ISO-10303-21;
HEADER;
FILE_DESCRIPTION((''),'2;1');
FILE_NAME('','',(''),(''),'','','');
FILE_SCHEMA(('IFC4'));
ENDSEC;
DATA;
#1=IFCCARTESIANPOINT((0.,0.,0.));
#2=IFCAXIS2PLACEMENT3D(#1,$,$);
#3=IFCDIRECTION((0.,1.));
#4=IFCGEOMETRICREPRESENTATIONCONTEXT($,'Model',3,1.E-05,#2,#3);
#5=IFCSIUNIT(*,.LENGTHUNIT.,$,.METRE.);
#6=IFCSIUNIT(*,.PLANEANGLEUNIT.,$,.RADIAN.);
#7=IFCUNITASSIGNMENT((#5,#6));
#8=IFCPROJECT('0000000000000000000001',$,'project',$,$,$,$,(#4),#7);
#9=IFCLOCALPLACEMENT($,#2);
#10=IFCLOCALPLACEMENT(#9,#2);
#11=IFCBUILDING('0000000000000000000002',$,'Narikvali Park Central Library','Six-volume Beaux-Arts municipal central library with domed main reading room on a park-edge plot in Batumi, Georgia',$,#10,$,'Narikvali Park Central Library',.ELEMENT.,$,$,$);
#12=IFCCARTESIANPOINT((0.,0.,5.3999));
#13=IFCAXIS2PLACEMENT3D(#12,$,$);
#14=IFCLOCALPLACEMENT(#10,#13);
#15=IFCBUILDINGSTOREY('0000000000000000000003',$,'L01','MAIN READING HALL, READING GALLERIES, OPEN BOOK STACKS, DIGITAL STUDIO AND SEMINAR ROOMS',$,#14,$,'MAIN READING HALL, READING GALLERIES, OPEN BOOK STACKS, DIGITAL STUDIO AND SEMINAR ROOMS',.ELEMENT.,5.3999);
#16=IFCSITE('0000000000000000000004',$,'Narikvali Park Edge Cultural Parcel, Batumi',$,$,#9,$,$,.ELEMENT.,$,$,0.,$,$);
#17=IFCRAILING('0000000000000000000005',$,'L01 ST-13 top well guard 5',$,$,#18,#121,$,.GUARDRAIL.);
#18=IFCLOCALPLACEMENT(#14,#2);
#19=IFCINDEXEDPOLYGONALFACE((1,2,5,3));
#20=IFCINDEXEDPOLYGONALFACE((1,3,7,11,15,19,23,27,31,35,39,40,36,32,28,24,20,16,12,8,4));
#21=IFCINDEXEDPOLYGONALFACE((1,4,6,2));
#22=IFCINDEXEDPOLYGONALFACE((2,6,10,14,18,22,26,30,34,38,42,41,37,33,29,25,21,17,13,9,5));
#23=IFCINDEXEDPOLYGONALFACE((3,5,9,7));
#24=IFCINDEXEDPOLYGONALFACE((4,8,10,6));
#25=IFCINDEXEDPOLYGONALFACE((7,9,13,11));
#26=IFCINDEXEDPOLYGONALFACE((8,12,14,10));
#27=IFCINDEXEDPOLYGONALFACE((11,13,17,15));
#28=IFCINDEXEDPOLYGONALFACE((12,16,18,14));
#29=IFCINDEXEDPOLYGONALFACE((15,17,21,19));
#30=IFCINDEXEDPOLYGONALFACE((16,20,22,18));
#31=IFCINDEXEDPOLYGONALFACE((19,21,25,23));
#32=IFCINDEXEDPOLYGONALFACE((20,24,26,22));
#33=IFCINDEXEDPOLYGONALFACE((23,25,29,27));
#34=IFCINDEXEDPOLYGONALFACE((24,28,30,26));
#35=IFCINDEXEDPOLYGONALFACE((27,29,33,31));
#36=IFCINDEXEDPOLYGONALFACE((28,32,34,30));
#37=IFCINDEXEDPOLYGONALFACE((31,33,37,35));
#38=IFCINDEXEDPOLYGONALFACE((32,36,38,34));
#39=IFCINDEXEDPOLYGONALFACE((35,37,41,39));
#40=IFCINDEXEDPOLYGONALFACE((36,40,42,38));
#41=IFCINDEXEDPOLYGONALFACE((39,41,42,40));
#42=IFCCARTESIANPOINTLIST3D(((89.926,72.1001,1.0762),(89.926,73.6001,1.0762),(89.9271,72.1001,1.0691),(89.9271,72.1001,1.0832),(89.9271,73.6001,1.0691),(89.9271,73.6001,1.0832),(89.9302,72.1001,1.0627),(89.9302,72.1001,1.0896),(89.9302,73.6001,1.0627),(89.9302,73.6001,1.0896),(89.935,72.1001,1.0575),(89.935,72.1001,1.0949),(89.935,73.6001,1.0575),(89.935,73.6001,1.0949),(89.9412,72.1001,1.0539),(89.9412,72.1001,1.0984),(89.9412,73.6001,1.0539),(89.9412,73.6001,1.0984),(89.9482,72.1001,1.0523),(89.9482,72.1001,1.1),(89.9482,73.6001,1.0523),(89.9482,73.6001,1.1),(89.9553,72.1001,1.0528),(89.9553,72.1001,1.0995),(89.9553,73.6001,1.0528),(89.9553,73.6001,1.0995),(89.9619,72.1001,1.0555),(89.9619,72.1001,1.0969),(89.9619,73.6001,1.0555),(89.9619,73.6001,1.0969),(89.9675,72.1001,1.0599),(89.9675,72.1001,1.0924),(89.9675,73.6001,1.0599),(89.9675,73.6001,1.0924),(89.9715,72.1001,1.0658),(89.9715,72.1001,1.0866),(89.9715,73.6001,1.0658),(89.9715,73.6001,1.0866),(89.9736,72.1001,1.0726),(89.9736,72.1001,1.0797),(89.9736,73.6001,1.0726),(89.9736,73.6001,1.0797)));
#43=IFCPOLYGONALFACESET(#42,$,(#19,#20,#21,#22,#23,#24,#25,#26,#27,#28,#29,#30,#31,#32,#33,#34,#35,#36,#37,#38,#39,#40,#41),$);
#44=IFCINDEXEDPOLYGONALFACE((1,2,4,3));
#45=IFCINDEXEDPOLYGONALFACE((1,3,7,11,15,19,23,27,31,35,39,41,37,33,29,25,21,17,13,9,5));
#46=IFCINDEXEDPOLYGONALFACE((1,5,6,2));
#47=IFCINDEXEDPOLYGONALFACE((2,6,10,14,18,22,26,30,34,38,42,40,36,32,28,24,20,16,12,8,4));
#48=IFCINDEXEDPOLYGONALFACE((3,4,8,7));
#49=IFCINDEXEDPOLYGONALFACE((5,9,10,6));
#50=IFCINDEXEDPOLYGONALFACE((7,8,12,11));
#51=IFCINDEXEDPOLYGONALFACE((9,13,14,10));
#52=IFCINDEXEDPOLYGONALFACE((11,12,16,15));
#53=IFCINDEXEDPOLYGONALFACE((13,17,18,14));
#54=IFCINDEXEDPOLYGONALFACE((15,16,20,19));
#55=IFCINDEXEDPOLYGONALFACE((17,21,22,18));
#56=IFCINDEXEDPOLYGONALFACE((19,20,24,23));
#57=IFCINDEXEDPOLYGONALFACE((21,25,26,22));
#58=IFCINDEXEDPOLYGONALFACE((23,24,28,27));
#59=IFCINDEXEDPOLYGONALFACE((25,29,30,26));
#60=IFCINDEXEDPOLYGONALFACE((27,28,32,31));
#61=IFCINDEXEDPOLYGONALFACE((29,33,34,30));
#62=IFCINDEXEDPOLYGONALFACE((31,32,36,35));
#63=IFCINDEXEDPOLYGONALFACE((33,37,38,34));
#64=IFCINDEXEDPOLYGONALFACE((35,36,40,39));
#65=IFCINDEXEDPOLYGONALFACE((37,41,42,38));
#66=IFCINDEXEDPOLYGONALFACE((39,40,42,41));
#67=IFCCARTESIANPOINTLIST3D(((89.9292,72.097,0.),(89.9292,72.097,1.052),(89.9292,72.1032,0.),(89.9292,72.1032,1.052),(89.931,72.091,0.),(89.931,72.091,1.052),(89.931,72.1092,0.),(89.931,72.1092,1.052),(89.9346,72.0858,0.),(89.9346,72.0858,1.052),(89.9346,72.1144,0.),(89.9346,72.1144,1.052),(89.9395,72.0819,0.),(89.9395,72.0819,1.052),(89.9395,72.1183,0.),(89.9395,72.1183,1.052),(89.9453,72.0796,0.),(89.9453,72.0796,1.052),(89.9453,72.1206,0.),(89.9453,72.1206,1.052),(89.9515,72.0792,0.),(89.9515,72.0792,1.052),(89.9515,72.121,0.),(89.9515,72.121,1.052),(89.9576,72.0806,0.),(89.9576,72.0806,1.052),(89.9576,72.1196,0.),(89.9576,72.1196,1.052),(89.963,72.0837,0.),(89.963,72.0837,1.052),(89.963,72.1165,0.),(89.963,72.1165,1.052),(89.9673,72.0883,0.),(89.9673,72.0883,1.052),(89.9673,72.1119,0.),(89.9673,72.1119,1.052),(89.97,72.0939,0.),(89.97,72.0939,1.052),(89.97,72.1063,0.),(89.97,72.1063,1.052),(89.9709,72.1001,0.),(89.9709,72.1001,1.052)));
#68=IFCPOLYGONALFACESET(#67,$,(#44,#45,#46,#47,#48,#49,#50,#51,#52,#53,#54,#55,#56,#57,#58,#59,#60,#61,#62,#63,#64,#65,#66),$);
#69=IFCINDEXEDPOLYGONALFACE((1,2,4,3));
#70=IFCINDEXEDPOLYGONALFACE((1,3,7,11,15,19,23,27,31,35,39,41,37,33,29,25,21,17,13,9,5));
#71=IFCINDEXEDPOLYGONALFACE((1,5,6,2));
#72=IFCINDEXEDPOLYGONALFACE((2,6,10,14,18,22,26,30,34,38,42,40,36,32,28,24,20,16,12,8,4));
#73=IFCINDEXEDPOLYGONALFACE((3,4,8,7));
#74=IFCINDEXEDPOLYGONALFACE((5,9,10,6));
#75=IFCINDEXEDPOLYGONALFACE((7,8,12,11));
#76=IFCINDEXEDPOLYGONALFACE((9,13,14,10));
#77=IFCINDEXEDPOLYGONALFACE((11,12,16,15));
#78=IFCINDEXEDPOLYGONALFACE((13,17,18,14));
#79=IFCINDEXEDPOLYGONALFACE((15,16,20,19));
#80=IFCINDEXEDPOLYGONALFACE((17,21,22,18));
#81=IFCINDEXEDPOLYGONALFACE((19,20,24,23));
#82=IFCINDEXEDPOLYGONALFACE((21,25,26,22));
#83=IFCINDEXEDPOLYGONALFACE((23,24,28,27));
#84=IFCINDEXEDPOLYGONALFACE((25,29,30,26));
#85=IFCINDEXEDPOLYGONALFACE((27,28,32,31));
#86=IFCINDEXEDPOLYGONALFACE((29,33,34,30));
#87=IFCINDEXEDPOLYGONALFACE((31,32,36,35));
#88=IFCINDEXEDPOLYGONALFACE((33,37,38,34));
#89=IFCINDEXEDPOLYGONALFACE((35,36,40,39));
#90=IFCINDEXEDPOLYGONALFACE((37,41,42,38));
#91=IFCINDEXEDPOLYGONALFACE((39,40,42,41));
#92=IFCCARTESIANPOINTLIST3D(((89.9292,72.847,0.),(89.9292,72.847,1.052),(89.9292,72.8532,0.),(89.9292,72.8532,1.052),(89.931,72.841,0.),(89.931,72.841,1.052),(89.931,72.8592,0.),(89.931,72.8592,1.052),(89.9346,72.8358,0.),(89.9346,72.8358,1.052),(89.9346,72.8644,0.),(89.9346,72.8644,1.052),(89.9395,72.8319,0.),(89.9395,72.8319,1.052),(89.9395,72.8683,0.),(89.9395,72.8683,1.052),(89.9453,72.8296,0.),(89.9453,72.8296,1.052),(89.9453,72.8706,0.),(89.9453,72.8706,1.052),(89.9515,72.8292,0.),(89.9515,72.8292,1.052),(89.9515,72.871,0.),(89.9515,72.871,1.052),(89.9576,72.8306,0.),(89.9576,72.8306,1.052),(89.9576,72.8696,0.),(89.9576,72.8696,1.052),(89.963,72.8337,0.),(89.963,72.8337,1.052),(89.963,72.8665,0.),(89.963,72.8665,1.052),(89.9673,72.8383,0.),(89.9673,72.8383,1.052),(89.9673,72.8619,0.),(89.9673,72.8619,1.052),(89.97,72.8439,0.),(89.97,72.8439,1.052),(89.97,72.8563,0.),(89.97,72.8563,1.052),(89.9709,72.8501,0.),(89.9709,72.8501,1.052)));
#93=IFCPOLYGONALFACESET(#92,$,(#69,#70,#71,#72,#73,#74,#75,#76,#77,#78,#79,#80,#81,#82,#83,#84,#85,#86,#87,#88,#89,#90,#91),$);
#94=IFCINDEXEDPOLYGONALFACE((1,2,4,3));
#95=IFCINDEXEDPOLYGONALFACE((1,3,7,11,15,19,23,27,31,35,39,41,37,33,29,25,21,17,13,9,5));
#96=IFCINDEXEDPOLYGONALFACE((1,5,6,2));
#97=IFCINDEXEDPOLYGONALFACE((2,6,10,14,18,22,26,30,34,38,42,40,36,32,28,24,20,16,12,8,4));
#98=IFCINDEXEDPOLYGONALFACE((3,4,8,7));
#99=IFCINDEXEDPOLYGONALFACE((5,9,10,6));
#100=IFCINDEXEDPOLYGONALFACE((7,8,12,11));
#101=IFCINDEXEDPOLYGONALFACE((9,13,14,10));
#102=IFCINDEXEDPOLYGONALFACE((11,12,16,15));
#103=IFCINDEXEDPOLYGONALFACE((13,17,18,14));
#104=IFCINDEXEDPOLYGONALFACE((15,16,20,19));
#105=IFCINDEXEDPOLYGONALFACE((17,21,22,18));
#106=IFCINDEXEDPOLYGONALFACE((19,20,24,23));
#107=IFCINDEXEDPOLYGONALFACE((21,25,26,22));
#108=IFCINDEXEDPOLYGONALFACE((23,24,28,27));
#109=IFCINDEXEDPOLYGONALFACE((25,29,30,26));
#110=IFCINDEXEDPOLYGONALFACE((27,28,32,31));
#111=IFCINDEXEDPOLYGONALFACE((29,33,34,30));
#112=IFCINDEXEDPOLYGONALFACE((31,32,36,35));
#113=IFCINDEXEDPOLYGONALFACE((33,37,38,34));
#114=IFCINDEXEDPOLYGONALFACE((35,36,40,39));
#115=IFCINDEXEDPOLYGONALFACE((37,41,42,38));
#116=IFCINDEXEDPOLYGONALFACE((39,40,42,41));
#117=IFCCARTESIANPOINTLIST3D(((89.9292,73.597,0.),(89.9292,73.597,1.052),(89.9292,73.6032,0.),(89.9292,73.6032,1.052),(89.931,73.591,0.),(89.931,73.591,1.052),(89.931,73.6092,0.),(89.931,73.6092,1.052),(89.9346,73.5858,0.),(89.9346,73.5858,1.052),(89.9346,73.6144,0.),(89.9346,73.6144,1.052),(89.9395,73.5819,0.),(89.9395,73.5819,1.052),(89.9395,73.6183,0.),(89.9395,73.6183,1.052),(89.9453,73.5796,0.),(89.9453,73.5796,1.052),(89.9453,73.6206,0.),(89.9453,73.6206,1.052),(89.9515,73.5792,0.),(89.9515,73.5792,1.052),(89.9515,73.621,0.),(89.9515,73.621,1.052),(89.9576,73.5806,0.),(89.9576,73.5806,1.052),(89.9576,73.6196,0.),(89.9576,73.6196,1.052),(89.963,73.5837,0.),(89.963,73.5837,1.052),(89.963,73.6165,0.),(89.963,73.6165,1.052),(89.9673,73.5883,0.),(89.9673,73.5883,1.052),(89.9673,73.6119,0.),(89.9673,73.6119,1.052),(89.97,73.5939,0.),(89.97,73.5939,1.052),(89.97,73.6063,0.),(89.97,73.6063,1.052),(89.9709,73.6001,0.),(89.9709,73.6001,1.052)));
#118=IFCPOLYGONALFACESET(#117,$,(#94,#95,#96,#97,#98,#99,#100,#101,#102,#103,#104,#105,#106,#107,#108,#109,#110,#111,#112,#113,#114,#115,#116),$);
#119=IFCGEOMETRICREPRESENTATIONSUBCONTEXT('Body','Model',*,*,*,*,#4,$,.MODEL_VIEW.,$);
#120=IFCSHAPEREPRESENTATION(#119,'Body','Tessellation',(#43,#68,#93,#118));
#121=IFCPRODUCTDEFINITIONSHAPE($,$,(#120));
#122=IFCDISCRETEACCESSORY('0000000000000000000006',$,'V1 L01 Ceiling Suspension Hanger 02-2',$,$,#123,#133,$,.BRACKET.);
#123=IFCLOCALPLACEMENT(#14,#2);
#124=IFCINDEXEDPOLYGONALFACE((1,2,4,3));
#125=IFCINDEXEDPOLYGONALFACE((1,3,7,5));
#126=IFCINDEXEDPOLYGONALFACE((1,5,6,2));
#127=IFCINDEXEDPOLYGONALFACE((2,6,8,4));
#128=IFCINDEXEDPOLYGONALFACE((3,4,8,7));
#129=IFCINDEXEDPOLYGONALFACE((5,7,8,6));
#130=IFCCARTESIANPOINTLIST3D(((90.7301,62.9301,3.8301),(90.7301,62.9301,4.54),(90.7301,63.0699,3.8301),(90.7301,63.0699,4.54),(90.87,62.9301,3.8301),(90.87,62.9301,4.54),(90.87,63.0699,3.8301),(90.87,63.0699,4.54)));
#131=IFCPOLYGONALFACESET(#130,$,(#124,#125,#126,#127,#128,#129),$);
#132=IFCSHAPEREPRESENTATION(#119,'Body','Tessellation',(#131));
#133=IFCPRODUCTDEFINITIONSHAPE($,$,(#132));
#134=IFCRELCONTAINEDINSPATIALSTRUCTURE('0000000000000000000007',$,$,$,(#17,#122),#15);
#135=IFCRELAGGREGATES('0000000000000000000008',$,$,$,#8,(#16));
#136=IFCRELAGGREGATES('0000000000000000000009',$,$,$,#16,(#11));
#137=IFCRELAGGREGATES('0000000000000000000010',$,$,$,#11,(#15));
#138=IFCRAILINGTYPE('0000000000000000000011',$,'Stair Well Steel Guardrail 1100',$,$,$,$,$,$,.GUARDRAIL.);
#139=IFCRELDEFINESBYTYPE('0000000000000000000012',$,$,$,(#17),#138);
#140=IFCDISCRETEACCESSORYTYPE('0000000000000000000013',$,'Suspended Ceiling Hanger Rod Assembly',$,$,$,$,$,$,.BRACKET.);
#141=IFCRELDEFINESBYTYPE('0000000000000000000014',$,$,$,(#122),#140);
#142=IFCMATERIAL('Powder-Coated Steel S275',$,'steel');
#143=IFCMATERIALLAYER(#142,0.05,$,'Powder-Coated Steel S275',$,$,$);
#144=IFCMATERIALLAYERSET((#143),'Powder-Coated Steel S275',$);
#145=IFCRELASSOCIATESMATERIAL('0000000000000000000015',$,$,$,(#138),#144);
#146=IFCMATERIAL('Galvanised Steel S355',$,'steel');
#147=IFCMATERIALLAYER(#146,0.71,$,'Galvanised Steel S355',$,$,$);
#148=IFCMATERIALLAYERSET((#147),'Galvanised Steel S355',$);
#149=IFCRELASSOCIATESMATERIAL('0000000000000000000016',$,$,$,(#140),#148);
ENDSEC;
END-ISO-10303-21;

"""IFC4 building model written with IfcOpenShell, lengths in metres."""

from ifc_helpers import new_model, si_unit, direction, frame, origin, origin_2d, place, context, subcontext, project, spatial, rectangle, circle, extrude, material, layer, layer_set, type_object, element, save


model = new_model("IFC4")

# Units and contexts
model_context = context("Model", 3, precision=1e-05, world=origin(), true_north=direction((0.0, 1.0)))
body_context = subcontext(model_context, "Body", "Model", "MODEL_VIEW")
ifc_project = project(units=[si_unit("LENGTHUNIT", "METRE"), si_unit("PLANEANGLEUNIT", "RADIAN")], contexts=[model_context])

# Site, building, storey
site_placement = place(None, origin())
site = spatial("IfcSite", under=ifc_project, at=site_placement, Name="Narikvali Park Edge Cultural Parcel, Batumi", CompositionType="ELEMENT", RefElevation=0.0)
building_placement = place(site_placement, origin())
building = spatial("IfcBuilding", under=site, at=building_placement, Name="Narikvali Park Central Library", Description="Six-volume Beaux-Arts municipal central library with domed main reading room on a park-edge plot in Batumi, Georgia", LongName="Narikvali Park Central Library", CompositionType="ELEMENT")
storey_placement = place(building_placement, frame((0.0, 0.0, 5.3999)))
storey = spatial("IfcBuildingStorey", under=building, at=storey_placement, Name="L01", Description="MAIN READING HALL, READING GALLERIES, OPEN BOOK STACKS, DIGITAL STUDIO AND SEMINAR ROOMS", LongName="MAIN READING HALL, READING GALLERIES, OPEN BOOK STACKS, DIGITAL STUDIO AND SEMINAR ROOMS", CompositionType="ELEMENT", Elevation=5.3999)

# Railing
ifc_material_1 = material(Name="Powder-Coated Steel S275", Category="steel")
ifc_layer_1 = layer(ifc_material_1, 0.05, Name="Powder-Coated Steel S275")
ifc_layer_set_1 = layer_set([ifc_layer_1], Name="Powder-Coated Steel S275")
railing_type = type_object("IfcRailingType", Name="Stair Well Steel Guardrail 1100", PredefinedType="GUARDRAIL", material=ifc_layer_set_1)
railing_1_placement = place(storey_placement, frame((89.95, 72.1001, 0.0)))
element("IfcRailing", 1, at=railing_1_placement, inside=storey, type_object=railing_type, Name="L01 ST-13 top well guard 5", PredefinedType="GUARDRAIL", context=body_context, shape_type="SweptSolid", body=[
    extrude(circle(Radius=0.0239, at=origin_2d()), frame((0.0, 0.0, 1.0762), z_axis=(0.0, 1.0, 0.0), x_axis=(-1.0, 0.0, 0.0)), (0.0, 0.0, 1.0), 1.5),
    extrude(circle(Radius=0.021, at=origin_2d()), origin(), (0.0, 0.0, 1.0), 1.052),
    extrude(circle(Radius=0.021, at=origin_2d()), frame((0.0, 0.75, 0.0)), (0.0, 0.0, 1.0), 1.052),
    extrude(circle(Radius=0.021, at=origin_2d()), frame((0.0, 1.5, 0.0)), (0.0, 0.0, 1.0), 1.052),
])

# Discrete accessory
ifc_material_2 = material(Name="Galvanised Steel S355", Category="steel")
ifc_layer_2 = layer(ifc_material_2, 0.71, Name="Galvanised Steel S355")
ifc_layer_set_2 = layer_set([ifc_layer_2], Name="Galvanised Steel S355")
discrete_accessory_type = type_object("IfcDiscreteAccessoryType", Name="Suspended Ceiling Hanger Rod Assembly", PredefinedType="BRACKET", material=ifc_layer_set_2)
discrete_accessory_placement = place(storey_placement, frame((90.8, 63.0, 3.8301), z_axis=(0.0, 0.0, 1.0), x_axis=(1.0, 0.0, 0.0)))
element("IfcDiscreteAccessory", 2, at=discrete_accessory_placement, inside=storey, type_object=discrete_accessory_type, Name="V1 L01 Ceiling Suspension Hanger 02-2", PredefinedType="BRACKET", context=body_context, shape_type="SweptSolid", body=[
    extrude(rectangle(XDim=0.1399, YDim=0.1399, at=origin_2d()), origin(), (0.0, 0.0, 1.0), 0.71),
])

save(model, "model.ifc")
